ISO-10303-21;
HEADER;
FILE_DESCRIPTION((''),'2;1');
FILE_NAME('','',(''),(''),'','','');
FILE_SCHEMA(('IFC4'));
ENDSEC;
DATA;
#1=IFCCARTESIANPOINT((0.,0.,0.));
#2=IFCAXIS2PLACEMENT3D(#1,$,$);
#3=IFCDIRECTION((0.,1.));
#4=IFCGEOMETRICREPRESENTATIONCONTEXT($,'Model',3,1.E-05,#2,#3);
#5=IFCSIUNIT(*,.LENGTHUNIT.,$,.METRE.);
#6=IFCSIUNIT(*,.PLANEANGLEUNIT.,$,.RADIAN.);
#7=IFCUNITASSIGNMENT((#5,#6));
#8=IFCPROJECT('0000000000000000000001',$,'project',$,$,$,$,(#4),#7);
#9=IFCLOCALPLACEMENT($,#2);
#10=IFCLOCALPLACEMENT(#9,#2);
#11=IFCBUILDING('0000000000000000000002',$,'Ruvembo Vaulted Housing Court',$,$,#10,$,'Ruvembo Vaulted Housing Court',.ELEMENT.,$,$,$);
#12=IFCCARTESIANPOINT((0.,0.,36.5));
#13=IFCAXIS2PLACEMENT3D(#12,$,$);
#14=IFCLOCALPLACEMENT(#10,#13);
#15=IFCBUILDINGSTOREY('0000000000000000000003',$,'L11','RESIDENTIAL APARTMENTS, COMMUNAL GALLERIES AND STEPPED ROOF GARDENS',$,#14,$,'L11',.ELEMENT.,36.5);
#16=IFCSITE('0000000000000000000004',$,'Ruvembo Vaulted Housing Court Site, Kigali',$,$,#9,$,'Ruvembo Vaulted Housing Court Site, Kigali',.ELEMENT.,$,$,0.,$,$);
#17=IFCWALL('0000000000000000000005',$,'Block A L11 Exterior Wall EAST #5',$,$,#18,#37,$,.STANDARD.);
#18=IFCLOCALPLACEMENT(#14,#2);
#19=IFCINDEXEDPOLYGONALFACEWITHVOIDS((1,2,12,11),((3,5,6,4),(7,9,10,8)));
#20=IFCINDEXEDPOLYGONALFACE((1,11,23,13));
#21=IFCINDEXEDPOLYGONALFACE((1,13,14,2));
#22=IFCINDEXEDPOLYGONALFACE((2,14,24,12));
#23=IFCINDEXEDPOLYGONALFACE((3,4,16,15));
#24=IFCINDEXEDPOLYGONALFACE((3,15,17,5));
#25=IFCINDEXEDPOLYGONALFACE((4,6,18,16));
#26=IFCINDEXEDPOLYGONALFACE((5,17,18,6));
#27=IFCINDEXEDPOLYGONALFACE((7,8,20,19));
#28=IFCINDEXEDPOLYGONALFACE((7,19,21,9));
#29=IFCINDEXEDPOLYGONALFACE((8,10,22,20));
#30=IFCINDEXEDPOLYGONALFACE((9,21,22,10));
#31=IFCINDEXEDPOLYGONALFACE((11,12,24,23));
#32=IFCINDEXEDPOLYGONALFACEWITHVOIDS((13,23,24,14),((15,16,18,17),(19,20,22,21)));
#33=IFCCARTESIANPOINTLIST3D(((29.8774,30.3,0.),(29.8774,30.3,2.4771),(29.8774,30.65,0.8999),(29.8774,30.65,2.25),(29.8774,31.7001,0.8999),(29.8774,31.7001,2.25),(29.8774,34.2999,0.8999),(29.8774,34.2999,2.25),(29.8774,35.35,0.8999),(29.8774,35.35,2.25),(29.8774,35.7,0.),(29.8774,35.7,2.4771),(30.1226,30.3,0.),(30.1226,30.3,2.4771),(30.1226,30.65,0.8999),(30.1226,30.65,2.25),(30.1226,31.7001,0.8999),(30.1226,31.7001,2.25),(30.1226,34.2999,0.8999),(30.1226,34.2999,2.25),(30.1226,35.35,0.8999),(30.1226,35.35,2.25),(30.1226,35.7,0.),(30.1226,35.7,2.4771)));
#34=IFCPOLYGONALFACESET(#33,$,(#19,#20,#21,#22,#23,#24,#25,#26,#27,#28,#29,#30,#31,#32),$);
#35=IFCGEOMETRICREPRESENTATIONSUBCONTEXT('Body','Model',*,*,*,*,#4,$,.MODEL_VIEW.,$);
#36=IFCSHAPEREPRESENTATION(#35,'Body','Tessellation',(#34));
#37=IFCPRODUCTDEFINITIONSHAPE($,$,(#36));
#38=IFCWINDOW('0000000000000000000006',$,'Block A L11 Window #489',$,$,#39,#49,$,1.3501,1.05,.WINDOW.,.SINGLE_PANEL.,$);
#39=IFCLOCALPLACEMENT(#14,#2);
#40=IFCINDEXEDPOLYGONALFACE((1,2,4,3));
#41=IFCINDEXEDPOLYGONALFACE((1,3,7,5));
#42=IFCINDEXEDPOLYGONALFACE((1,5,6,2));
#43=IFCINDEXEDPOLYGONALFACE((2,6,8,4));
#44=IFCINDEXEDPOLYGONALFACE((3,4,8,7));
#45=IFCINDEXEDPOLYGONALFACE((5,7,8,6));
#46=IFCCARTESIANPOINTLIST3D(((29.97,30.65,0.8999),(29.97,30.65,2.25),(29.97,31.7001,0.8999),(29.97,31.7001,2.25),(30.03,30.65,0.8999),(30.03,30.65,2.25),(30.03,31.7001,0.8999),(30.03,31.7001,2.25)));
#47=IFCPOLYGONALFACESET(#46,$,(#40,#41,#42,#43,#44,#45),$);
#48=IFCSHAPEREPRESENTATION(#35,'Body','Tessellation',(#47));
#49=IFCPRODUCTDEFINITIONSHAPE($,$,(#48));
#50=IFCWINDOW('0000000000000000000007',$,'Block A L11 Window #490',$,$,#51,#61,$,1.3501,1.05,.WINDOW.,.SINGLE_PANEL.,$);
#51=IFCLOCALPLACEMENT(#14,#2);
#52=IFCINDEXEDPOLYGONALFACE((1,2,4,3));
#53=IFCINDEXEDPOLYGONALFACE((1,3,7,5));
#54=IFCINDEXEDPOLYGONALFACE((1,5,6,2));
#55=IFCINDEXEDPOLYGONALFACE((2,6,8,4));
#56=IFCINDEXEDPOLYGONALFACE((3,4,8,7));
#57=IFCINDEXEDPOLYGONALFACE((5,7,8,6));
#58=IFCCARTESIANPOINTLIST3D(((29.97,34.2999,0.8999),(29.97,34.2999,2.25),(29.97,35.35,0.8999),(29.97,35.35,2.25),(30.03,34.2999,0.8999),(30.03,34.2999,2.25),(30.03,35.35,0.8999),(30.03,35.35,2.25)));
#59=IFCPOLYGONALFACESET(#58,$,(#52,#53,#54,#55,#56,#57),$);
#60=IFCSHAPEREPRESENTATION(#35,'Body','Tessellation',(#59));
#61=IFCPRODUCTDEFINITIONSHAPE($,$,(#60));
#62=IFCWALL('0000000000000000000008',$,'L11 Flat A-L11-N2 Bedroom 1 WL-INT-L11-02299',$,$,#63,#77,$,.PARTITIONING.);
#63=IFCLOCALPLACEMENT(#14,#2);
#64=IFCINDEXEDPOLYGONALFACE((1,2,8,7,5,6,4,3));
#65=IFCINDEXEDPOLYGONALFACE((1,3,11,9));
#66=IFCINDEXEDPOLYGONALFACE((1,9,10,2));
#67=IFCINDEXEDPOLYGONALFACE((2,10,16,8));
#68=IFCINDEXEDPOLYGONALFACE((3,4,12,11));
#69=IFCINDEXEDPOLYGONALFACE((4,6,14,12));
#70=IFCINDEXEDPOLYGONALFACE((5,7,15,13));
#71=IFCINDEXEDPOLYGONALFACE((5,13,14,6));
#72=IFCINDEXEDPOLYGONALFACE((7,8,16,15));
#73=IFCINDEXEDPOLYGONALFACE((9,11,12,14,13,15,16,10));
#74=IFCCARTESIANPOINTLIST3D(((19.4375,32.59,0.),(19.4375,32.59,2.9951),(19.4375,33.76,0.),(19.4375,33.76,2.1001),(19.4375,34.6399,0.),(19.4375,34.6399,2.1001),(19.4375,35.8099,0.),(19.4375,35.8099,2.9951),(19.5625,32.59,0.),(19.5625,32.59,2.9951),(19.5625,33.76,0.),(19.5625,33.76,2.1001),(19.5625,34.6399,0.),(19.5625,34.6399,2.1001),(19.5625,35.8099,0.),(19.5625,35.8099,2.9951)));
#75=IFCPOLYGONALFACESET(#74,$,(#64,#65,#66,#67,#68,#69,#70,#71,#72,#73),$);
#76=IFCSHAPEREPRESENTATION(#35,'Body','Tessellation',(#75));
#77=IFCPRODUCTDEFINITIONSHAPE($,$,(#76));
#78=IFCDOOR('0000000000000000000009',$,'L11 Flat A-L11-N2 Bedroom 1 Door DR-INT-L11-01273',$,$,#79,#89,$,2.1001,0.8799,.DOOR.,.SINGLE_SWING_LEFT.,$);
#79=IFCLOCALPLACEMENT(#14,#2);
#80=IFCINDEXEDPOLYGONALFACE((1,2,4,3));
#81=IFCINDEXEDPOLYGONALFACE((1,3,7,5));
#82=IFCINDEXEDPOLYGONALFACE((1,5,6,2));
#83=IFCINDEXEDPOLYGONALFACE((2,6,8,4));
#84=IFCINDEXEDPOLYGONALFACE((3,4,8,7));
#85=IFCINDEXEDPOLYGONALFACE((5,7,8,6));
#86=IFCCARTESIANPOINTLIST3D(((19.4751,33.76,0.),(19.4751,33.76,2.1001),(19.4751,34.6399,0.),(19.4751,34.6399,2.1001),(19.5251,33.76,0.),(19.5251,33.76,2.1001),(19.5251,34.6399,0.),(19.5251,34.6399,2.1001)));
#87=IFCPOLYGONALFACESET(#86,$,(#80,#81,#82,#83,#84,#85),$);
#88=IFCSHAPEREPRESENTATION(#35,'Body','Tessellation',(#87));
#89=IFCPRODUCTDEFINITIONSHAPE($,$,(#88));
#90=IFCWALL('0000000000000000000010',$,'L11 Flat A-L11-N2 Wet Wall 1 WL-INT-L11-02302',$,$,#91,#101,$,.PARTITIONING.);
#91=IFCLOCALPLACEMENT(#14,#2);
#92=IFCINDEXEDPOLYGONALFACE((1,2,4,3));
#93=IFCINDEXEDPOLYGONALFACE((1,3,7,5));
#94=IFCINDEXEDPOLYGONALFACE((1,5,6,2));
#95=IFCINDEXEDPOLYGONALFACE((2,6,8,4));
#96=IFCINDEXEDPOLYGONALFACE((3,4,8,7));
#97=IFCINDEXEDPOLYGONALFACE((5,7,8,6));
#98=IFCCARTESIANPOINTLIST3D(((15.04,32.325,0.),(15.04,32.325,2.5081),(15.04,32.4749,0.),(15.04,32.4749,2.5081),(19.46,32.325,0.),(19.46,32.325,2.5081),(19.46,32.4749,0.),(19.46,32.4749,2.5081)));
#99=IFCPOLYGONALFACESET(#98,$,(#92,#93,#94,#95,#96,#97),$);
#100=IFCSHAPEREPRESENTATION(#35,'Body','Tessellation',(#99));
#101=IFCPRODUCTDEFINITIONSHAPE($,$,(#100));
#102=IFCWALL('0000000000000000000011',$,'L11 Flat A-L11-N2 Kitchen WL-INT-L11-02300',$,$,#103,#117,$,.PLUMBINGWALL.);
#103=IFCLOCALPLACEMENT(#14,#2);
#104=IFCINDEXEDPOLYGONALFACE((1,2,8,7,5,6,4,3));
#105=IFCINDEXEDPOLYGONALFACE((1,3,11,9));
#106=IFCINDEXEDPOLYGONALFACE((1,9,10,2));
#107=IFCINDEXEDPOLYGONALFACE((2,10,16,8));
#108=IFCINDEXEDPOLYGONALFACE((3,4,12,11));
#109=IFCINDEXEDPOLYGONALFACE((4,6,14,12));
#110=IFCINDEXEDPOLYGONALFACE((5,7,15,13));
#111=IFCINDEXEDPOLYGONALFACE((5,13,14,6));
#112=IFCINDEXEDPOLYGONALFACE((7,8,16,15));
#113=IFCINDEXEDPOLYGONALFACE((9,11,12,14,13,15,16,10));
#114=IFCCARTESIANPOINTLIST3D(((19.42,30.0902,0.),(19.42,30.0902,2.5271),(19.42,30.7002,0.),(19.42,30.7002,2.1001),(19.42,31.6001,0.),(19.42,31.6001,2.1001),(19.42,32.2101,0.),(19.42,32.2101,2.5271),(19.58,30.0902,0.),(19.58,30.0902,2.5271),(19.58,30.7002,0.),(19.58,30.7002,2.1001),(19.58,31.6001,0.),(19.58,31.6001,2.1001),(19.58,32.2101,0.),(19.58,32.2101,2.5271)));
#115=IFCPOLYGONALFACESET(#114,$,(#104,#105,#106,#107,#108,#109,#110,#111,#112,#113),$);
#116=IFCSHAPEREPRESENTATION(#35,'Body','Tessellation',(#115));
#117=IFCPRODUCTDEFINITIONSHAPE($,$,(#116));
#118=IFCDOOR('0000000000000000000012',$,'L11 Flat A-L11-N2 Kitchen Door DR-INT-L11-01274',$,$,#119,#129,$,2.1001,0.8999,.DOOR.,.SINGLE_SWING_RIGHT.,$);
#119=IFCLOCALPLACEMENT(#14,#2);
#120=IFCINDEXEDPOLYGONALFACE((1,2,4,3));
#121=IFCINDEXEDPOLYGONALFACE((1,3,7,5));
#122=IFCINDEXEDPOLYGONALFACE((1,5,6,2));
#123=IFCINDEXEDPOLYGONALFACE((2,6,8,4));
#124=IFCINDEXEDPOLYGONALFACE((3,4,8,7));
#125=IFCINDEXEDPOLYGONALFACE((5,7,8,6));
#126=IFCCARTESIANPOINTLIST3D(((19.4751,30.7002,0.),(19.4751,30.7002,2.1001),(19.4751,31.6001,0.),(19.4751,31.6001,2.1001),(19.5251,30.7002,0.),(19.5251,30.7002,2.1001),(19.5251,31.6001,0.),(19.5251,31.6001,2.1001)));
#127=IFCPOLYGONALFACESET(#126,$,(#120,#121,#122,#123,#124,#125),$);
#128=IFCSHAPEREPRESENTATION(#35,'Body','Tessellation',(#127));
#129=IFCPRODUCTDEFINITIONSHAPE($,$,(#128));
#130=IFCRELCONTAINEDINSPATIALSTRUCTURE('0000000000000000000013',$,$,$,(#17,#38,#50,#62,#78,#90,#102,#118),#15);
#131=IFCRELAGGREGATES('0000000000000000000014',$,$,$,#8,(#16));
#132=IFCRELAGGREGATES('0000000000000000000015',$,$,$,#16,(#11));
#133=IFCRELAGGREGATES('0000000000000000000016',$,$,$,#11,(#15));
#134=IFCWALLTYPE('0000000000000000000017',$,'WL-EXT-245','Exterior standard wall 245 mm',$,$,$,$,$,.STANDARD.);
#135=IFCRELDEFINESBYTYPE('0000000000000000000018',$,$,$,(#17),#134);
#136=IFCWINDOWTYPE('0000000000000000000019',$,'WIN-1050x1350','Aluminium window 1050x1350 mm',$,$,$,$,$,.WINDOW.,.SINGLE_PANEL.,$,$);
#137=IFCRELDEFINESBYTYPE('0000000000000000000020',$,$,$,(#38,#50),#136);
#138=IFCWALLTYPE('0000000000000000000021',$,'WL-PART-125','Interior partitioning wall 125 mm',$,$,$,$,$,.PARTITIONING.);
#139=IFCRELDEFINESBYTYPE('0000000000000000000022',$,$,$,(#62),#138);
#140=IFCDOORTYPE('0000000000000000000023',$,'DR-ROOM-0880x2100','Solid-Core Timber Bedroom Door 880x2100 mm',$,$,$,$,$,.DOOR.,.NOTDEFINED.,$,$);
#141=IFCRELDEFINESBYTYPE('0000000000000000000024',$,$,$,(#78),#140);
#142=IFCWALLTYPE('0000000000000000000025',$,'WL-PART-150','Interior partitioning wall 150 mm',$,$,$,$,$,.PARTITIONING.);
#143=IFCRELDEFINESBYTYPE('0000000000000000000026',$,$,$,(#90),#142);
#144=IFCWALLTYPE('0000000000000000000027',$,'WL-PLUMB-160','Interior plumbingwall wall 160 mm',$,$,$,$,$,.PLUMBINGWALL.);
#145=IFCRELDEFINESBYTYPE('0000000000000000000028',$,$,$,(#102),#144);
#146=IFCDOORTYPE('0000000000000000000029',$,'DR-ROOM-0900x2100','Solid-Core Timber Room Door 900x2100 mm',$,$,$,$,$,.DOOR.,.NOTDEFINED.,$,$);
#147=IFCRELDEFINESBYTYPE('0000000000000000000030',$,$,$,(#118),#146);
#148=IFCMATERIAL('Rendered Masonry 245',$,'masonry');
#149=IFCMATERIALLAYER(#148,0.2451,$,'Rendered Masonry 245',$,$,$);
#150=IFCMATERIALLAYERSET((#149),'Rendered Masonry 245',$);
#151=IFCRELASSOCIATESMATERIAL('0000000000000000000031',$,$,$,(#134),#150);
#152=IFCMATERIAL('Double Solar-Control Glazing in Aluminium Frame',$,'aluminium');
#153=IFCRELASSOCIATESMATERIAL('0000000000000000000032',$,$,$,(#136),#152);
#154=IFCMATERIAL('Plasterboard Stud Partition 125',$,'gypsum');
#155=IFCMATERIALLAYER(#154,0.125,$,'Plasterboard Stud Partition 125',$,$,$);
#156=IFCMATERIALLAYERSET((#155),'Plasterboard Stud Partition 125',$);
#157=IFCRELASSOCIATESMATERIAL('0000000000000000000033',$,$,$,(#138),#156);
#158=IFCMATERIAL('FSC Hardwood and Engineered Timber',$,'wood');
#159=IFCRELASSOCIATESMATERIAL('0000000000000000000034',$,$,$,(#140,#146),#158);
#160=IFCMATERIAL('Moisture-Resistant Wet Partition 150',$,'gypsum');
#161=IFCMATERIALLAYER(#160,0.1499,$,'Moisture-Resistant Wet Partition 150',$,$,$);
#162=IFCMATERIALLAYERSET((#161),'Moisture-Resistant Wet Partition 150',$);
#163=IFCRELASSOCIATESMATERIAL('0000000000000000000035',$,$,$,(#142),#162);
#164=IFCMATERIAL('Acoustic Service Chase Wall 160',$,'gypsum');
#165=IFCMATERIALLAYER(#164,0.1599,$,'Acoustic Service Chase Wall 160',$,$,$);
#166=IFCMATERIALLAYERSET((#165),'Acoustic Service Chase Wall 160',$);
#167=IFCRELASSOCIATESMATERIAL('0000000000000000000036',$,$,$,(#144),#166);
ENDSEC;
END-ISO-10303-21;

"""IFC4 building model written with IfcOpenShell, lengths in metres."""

from ifc_helpers import new_model, si_unit, direction, frame, frame_2d, origin, place, context, subcontext, project, spatial, rectangle, extrude, material, layer, layer_set, type_object, element, fill, save


model = new_model("IFC4")

# Units and contexts
model_context = context("Model", 3, precision=1e-05, world=origin(), true_north=direction((0.0, 1.0)))
body_context = subcontext(model_context, "Body", "Model", "MODEL_VIEW")
ifc_project = project(units=[si_unit("LENGTHUNIT", "METRE"), si_unit("PLANEANGLEUNIT", "RADIAN")], contexts=[model_context])

# Site, building, storey
site_placement = place(None, origin())
site = spatial("IfcSite", under=ifc_project, at=site_placement, Name="Ruvembo Vaulted Housing Court Site, Kigali", LongName="Ruvembo Vaulted Housing Court Site, Kigali", CompositionType="ELEMENT", RefElevation=0.0)
building_placement = place(site_placement, origin())
building = spatial("IfcBuilding", under=site, at=building_placement, Name="Ruvembo Vaulted Housing Court", LongName="Ruvembo Vaulted Housing Court", CompositionType="ELEMENT")
storey_placement = place(building_placement, frame((0.0, 0.0, 36.5)))
storey = spatial("IfcBuildingStorey", under=building, at=storey_placement, Name="L11", Description="RESIDENTIAL APARTMENTS, COMMUNAL GALLERIES AND STEPPED ROOF GARDENS", LongName="L11", CompositionType="ELEMENT", Elevation=36.5)

# Wall, openings, windows
ifc_material_1 = material(Name="Rendered Masonry 245", Category="masonry")
ifc_layer_1 = layer(ifc_material_1, 0.2451, Name="Rendered Masonry 245")
ifc_layer_set_1 = layer_set([ifc_layer_1], Name="Rendered Masonry 245")
wall_type_1 = type_object("IfcWallType", Name="WL-EXT-245", Description="Exterior standard wall 245 mm", PredefinedType="STANDARD", material=ifc_layer_set_1)
wall_1_placement = place(storey_placement, frame((30.0, 30.3, 0.0), z_axis=(0.0, 0.0, 1.0), x_axis=(0.0, 1.0, 0.0)))
wall_1 = element("IfcWall", 1, at=wall_1_placement, inside=storey, type_object=wall_type_1, Name="Block A L11 Exterior Wall EAST #5", PredefinedType="STANDARD", context=body_context, shape_type="SweptSolid", body=[
    extrude(rectangle(XDim=5.3999, YDim=0.2451, at=frame_2d((2.7, 0.0))), origin(), (0.0, 0.0, 1.0), 2.4771),
])
opening_1_placement = place(wall_1_placement, frame((0.3501, 0.0, 0.8999)))
opening_1 = element("IfcOpeningElement", 2, at=opening_1_placement, cuts=wall_1, PredefinedType="OPENING", context=body_context, shape_type="SweptSolid", body=[
    extrude(rectangle(XDim=1.05, YDim=1.3501, at=frame_2d((0.5249, 0.675))), frame((0.0, 0.1326, 0.0), z_axis=(0.0, -1.0, 0.0), x_axis=(1.0, 0.0, 0.0)), (0.0, 0.0, 1.0), 0.2651),
])
opening_2_placement = place(wall_1_placement, frame((4.0, 0.0, 0.8999)))
opening_2 = element("IfcOpeningElement", 3, at=opening_2_placement, cuts=wall_1, PredefinedType="OPENING", context=body_context, shape_type="SweptSolid", body=[
    extrude(rectangle(XDim=1.05, YDim=1.3501, at=frame_2d((0.5249, 0.675))), frame((0.0, 0.1326, 0.0), z_axis=(0.0, -1.0, 0.0), x_axis=(1.0, 0.0, 0.0)), (0.0, 0.0, 1.0), 0.2651),
])
ifc_material_2 = material(Name="Double Solar-Control Glazing in Aluminium Frame", Category="aluminium")
window_type = type_object("IfcWindowType", Name="WIN-1050x1350", Description="Aluminium window 1050x1350 mm", PartitioningType="SINGLE_PANEL", PredefinedType="WINDOW", material=ifc_material_2)
window_1_placement = place(opening_1_placement, origin())
window_1 = element("IfcWindow", 4, at=window_1_placement, inside=storey, type_object=window_type, Name="Block A L11 Window #489", OverallHeight=1.3501, OverallWidth=1.05, PartitioningType="SINGLE_PANEL", PredefinedType="WINDOW", context=body_context, shape_type="SweptSolid", body=[
    extrude(rectangle(XDim=1.05, YDim=1.3501, at=frame_2d((0.5249, 0.675))), frame((0.0, 0.03, 0.0), z_axis=(0.0, -1.0, 0.0), x_axis=(1.0, 0.0, 0.0)), (0.0, 0.0, 1.0), 0.0601),
])
fill(opening_1, window_1)
window_2_placement = place(opening_2_placement, origin())
window_2 = element("IfcWindow", 5, at=window_2_placement, inside=storey, type_object=window_type, Name="Block A L11 Window #490", OverallHeight=1.3501, OverallWidth=1.05, PartitioningType="SINGLE_PANEL", PredefinedType="WINDOW", context=body_context, shape_type="SweptSolid", body=[
    extrude(rectangle(XDim=1.05, YDim=1.3501, at=frame_2d((0.5249, 0.675))), frame((0.0, 0.03, 0.0), z_axis=(0.0, -1.0, 0.0), x_axis=(1.0, 0.0, 0.0)), (0.0, 0.0, 1.0), 0.0601),
])
fill(opening_2, window_2)

# Wall, opening, door
ifc_material_3 = material(Name="Plasterboard Stud Partition 125", Category="gypsum")
ifc_layer_2 = layer(ifc_material_3, 0.125, Name="Plasterboard Stud Partition 125")
ifc_layer_set_2 = layer_set([ifc_layer_2], Name="Plasterboard Stud Partition 125")
wall_type_2 = type_object("IfcWallType", Name="WL-PART-125", Description="Interior partitioning wall 125 mm", PredefinedType="PARTITIONING", material=ifc_layer_set_2)
wall_2_placement = place(storey_placement, frame((19.5, 32.5901, 0.0), z_axis=(0.0, 0.0, 1.0), x_axis=(0.0, 1.0, 0.0)))
wall_2 = element("IfcWall", 6, at=wall_2_placement, inside=storey, type_object=wall_type_2, Name="L11 Flat A-L11-N2 Bedroom 1 WL-INT-L11-02299", PredefinedType="PARTITIONING", context=body_context, shape_type="SweptSolid", body=[
    extrude(rectangle(XDim=3.22, YDim=0.125, at=frame_2d((1.6099, 0.0))), origin(), (0.0, 0.0, 1.0), 2.9951),
])
opening_3_placement = place(wall_2_placement, frame((1.1699, 0.0, 0.0)))
opening_3 = element("IfcOpeningElement", 7, at=opening_3_placement, cuts=wall_2, PredefinedType="OPENING", context=body_context, shape_type="SweptSolid", body=[
    extrude(rectangle(XDim=0.8799, YDim=2.1001, at=frame_2d((0.4399, 1.05))), frame((0.0, 0.0725, 0.0), z_axis=(0.0, -1.0, 0.0), x_axis=(1.0, 0.0, 0.0)), (0.0, 0.0, 1.0), 0.145),
])
ifc_material_4 = material(Name="FSC Hardwood and Engineered Timber", Category="wood")
door_type_1 = type_object("IfcDoorType", Name="DR-ROOM-0880x2100", Description="Solid-Core Timber Bedroom Door 880x2100 mm", OperationType="NOTDEFINED", PredefinedType="DOOR", material=ifc_material_4)
door_1_placement = place(opening_3_placement, origin())
door_1 = element("IfcDoor", 8, at=door_1_placement, inside=storey, type_object=door_type_1, Name="L11 Flat A-L11-N2 Bedroom 1 Door DR-INT-L11-01273", OperationType="SINGLE_SWING_LEFT", OverallHeight=2.1001, OverallWidth=0.8799, PredefinedType="DOOR", context=body_context, shape_type="SweptSolid", body=[
    extrude(rectangle(XDim=0.8799, YDim=2.1001, at=frame_2d((0.4399, 1.05))), frame((0.0, 0.0249, 0.0), z_axis=(0.0, -1.0, 0.0), x_axis=(1.0, 0.0, 0.0)), (0.0, 0.0, 1.0), 0.05),
])
fill(opening_3, door_1)

# Wall
ifc_material_5 = material(Name="Moisture-Resistant Wet Partition 150", Category="gypsum")
ifc_layer_3 = layer(ifc_material_5, 0.1499, Name="Moisture-Resistant Wet Partition 150")
ifc_layer_set_3 = layer_set([ifc_layer_3], Name="Moisture-Resistant Wet Partition 150")
wall_type_3 = type_object("IfcWallType", Name="WL-PART-150", Description="Interior partitioning wall 150 mm", PredefinedType="PARTITIONING", material=ifc_layer_set_3)
wall_3_placement = place(storey_placement, frame((15.04, 32.3999, 0.0), z_axis=(0.0, 0.0, 1.0), x_axis=(1.0, 0.0, 0.0)))
element("IfcWall", 9, at=wall_3_placement, inside=storey, type_object=wall_type_3, Name="L11 Flat A-L11-N2 Wet Wall 1 WL-INT-L11-02302", PredefinedType="PARTITIONING", context=body_context, shape_type="SweptSolid", body=[
    extrude(rectangle(XDim=4.4199, YDim=0.1499, at=frame_2d((2.21, 0.0))), origin(), (0.0, 0.0, 1.0), 2.5081),
])

# Wall, opening, door
ifc_material_6 = material(Name="Acoustic Service Chase Wall 160", Category="gypsum")
ifc_layer_4 = layer(ifc_material_6, 0.1599, Name="Acoustic Service Chase Wall 160")
ifc_layer_set_4 = layer_set([ifc_layer_4], Name="Acoustic Service Chase Wall 160")
wall_type_4 = type_object("IfcWallType", Name="WL-PLUMB-160", Description="Interior plumbingwall wall 160 mm", PredefinedType="PLUMBINGWALL", material=ifc_layer_set_4)
wall_4_placement = place(storey_placement, frame((19.5, 30.0901, 0.0), z_axis=(0.0, 0.0, 1.0), x_axis=(0.0, 1.0, 0.0)))
wall_4 = element("IfcWall", 10, at=wall_4_placement, inside=storey, type_object=wall_type_4, Name="L11 Flat A-L11-N2 Kitchen WL-INT-L11-02300", PredefinedType="PLUMBINGWALL", context=body_context, shape_type="SweptSolid", body=[
    extrude(rectangle(XDim=2.1199, YDim=0.1599, at=frame_2d((1.0601, 0.0))), origin(), (0.0, 0.0, 1.0), 2.5271),
])
opening_4_placement = place(wall_4_placement, frame((0.6101, 0.0, 0.0)))
opening_4 = element("IfcOpeningElement", 11, at=opening_4_placement, cuts=wall_4, PredefinedType="OPENING", context=body_context, shape_type="SweptSolid", body=[
    extrude(rectangle(XDim=0.8999, YDim=2.1001, at=frame_2d((0.45, 1.05))), frame((0.0, 0.0898, 0.0), z_axis=(0.0, -1.0, 0.0), x_axis=(1.0, 0.0, 0.0)), (0.0, 0.0, 1.0), 0.1799),
])
door_type_2 = type_object("IfcDoorType", Name="DR-ROOM-0900x2100", Description="Solid-Core Timber Room Door 900x2100 mm", OperationType="NOTDEFINED", PredefinedType="DOOR", material=ifc_material_4)
door_2_placement = place(opening_4_placement, origin())
door_2 = element("IfcDoor", 12, at=door_2_placement, inside=storey, type_object=door_type_2, Name="L11 Flat A-L11-N2 Kitchen Door DR-INT-L11-01274", OperationType="SINGLE_SWING_RIGHT", OverallHeight=2.1001, OverallWidth=0.8999, PredefinedType="DOOR", context=body_context, shape_type="SweptSolid", body=[
    extrude(rectangle(XDim=0.8999, YDim=2.1001, at=frame_2d((0.45, 1.05))), frame((0.0, 0.0249, 0.0), z_axis=(0.0, -1.0, 0.0), x_axis=(1.0, 0.0, 0.0)), (0.0, 0.0, 1.0), 0.05),
])
fill(opening_4, door_2)

save(model, "model.ifc")
